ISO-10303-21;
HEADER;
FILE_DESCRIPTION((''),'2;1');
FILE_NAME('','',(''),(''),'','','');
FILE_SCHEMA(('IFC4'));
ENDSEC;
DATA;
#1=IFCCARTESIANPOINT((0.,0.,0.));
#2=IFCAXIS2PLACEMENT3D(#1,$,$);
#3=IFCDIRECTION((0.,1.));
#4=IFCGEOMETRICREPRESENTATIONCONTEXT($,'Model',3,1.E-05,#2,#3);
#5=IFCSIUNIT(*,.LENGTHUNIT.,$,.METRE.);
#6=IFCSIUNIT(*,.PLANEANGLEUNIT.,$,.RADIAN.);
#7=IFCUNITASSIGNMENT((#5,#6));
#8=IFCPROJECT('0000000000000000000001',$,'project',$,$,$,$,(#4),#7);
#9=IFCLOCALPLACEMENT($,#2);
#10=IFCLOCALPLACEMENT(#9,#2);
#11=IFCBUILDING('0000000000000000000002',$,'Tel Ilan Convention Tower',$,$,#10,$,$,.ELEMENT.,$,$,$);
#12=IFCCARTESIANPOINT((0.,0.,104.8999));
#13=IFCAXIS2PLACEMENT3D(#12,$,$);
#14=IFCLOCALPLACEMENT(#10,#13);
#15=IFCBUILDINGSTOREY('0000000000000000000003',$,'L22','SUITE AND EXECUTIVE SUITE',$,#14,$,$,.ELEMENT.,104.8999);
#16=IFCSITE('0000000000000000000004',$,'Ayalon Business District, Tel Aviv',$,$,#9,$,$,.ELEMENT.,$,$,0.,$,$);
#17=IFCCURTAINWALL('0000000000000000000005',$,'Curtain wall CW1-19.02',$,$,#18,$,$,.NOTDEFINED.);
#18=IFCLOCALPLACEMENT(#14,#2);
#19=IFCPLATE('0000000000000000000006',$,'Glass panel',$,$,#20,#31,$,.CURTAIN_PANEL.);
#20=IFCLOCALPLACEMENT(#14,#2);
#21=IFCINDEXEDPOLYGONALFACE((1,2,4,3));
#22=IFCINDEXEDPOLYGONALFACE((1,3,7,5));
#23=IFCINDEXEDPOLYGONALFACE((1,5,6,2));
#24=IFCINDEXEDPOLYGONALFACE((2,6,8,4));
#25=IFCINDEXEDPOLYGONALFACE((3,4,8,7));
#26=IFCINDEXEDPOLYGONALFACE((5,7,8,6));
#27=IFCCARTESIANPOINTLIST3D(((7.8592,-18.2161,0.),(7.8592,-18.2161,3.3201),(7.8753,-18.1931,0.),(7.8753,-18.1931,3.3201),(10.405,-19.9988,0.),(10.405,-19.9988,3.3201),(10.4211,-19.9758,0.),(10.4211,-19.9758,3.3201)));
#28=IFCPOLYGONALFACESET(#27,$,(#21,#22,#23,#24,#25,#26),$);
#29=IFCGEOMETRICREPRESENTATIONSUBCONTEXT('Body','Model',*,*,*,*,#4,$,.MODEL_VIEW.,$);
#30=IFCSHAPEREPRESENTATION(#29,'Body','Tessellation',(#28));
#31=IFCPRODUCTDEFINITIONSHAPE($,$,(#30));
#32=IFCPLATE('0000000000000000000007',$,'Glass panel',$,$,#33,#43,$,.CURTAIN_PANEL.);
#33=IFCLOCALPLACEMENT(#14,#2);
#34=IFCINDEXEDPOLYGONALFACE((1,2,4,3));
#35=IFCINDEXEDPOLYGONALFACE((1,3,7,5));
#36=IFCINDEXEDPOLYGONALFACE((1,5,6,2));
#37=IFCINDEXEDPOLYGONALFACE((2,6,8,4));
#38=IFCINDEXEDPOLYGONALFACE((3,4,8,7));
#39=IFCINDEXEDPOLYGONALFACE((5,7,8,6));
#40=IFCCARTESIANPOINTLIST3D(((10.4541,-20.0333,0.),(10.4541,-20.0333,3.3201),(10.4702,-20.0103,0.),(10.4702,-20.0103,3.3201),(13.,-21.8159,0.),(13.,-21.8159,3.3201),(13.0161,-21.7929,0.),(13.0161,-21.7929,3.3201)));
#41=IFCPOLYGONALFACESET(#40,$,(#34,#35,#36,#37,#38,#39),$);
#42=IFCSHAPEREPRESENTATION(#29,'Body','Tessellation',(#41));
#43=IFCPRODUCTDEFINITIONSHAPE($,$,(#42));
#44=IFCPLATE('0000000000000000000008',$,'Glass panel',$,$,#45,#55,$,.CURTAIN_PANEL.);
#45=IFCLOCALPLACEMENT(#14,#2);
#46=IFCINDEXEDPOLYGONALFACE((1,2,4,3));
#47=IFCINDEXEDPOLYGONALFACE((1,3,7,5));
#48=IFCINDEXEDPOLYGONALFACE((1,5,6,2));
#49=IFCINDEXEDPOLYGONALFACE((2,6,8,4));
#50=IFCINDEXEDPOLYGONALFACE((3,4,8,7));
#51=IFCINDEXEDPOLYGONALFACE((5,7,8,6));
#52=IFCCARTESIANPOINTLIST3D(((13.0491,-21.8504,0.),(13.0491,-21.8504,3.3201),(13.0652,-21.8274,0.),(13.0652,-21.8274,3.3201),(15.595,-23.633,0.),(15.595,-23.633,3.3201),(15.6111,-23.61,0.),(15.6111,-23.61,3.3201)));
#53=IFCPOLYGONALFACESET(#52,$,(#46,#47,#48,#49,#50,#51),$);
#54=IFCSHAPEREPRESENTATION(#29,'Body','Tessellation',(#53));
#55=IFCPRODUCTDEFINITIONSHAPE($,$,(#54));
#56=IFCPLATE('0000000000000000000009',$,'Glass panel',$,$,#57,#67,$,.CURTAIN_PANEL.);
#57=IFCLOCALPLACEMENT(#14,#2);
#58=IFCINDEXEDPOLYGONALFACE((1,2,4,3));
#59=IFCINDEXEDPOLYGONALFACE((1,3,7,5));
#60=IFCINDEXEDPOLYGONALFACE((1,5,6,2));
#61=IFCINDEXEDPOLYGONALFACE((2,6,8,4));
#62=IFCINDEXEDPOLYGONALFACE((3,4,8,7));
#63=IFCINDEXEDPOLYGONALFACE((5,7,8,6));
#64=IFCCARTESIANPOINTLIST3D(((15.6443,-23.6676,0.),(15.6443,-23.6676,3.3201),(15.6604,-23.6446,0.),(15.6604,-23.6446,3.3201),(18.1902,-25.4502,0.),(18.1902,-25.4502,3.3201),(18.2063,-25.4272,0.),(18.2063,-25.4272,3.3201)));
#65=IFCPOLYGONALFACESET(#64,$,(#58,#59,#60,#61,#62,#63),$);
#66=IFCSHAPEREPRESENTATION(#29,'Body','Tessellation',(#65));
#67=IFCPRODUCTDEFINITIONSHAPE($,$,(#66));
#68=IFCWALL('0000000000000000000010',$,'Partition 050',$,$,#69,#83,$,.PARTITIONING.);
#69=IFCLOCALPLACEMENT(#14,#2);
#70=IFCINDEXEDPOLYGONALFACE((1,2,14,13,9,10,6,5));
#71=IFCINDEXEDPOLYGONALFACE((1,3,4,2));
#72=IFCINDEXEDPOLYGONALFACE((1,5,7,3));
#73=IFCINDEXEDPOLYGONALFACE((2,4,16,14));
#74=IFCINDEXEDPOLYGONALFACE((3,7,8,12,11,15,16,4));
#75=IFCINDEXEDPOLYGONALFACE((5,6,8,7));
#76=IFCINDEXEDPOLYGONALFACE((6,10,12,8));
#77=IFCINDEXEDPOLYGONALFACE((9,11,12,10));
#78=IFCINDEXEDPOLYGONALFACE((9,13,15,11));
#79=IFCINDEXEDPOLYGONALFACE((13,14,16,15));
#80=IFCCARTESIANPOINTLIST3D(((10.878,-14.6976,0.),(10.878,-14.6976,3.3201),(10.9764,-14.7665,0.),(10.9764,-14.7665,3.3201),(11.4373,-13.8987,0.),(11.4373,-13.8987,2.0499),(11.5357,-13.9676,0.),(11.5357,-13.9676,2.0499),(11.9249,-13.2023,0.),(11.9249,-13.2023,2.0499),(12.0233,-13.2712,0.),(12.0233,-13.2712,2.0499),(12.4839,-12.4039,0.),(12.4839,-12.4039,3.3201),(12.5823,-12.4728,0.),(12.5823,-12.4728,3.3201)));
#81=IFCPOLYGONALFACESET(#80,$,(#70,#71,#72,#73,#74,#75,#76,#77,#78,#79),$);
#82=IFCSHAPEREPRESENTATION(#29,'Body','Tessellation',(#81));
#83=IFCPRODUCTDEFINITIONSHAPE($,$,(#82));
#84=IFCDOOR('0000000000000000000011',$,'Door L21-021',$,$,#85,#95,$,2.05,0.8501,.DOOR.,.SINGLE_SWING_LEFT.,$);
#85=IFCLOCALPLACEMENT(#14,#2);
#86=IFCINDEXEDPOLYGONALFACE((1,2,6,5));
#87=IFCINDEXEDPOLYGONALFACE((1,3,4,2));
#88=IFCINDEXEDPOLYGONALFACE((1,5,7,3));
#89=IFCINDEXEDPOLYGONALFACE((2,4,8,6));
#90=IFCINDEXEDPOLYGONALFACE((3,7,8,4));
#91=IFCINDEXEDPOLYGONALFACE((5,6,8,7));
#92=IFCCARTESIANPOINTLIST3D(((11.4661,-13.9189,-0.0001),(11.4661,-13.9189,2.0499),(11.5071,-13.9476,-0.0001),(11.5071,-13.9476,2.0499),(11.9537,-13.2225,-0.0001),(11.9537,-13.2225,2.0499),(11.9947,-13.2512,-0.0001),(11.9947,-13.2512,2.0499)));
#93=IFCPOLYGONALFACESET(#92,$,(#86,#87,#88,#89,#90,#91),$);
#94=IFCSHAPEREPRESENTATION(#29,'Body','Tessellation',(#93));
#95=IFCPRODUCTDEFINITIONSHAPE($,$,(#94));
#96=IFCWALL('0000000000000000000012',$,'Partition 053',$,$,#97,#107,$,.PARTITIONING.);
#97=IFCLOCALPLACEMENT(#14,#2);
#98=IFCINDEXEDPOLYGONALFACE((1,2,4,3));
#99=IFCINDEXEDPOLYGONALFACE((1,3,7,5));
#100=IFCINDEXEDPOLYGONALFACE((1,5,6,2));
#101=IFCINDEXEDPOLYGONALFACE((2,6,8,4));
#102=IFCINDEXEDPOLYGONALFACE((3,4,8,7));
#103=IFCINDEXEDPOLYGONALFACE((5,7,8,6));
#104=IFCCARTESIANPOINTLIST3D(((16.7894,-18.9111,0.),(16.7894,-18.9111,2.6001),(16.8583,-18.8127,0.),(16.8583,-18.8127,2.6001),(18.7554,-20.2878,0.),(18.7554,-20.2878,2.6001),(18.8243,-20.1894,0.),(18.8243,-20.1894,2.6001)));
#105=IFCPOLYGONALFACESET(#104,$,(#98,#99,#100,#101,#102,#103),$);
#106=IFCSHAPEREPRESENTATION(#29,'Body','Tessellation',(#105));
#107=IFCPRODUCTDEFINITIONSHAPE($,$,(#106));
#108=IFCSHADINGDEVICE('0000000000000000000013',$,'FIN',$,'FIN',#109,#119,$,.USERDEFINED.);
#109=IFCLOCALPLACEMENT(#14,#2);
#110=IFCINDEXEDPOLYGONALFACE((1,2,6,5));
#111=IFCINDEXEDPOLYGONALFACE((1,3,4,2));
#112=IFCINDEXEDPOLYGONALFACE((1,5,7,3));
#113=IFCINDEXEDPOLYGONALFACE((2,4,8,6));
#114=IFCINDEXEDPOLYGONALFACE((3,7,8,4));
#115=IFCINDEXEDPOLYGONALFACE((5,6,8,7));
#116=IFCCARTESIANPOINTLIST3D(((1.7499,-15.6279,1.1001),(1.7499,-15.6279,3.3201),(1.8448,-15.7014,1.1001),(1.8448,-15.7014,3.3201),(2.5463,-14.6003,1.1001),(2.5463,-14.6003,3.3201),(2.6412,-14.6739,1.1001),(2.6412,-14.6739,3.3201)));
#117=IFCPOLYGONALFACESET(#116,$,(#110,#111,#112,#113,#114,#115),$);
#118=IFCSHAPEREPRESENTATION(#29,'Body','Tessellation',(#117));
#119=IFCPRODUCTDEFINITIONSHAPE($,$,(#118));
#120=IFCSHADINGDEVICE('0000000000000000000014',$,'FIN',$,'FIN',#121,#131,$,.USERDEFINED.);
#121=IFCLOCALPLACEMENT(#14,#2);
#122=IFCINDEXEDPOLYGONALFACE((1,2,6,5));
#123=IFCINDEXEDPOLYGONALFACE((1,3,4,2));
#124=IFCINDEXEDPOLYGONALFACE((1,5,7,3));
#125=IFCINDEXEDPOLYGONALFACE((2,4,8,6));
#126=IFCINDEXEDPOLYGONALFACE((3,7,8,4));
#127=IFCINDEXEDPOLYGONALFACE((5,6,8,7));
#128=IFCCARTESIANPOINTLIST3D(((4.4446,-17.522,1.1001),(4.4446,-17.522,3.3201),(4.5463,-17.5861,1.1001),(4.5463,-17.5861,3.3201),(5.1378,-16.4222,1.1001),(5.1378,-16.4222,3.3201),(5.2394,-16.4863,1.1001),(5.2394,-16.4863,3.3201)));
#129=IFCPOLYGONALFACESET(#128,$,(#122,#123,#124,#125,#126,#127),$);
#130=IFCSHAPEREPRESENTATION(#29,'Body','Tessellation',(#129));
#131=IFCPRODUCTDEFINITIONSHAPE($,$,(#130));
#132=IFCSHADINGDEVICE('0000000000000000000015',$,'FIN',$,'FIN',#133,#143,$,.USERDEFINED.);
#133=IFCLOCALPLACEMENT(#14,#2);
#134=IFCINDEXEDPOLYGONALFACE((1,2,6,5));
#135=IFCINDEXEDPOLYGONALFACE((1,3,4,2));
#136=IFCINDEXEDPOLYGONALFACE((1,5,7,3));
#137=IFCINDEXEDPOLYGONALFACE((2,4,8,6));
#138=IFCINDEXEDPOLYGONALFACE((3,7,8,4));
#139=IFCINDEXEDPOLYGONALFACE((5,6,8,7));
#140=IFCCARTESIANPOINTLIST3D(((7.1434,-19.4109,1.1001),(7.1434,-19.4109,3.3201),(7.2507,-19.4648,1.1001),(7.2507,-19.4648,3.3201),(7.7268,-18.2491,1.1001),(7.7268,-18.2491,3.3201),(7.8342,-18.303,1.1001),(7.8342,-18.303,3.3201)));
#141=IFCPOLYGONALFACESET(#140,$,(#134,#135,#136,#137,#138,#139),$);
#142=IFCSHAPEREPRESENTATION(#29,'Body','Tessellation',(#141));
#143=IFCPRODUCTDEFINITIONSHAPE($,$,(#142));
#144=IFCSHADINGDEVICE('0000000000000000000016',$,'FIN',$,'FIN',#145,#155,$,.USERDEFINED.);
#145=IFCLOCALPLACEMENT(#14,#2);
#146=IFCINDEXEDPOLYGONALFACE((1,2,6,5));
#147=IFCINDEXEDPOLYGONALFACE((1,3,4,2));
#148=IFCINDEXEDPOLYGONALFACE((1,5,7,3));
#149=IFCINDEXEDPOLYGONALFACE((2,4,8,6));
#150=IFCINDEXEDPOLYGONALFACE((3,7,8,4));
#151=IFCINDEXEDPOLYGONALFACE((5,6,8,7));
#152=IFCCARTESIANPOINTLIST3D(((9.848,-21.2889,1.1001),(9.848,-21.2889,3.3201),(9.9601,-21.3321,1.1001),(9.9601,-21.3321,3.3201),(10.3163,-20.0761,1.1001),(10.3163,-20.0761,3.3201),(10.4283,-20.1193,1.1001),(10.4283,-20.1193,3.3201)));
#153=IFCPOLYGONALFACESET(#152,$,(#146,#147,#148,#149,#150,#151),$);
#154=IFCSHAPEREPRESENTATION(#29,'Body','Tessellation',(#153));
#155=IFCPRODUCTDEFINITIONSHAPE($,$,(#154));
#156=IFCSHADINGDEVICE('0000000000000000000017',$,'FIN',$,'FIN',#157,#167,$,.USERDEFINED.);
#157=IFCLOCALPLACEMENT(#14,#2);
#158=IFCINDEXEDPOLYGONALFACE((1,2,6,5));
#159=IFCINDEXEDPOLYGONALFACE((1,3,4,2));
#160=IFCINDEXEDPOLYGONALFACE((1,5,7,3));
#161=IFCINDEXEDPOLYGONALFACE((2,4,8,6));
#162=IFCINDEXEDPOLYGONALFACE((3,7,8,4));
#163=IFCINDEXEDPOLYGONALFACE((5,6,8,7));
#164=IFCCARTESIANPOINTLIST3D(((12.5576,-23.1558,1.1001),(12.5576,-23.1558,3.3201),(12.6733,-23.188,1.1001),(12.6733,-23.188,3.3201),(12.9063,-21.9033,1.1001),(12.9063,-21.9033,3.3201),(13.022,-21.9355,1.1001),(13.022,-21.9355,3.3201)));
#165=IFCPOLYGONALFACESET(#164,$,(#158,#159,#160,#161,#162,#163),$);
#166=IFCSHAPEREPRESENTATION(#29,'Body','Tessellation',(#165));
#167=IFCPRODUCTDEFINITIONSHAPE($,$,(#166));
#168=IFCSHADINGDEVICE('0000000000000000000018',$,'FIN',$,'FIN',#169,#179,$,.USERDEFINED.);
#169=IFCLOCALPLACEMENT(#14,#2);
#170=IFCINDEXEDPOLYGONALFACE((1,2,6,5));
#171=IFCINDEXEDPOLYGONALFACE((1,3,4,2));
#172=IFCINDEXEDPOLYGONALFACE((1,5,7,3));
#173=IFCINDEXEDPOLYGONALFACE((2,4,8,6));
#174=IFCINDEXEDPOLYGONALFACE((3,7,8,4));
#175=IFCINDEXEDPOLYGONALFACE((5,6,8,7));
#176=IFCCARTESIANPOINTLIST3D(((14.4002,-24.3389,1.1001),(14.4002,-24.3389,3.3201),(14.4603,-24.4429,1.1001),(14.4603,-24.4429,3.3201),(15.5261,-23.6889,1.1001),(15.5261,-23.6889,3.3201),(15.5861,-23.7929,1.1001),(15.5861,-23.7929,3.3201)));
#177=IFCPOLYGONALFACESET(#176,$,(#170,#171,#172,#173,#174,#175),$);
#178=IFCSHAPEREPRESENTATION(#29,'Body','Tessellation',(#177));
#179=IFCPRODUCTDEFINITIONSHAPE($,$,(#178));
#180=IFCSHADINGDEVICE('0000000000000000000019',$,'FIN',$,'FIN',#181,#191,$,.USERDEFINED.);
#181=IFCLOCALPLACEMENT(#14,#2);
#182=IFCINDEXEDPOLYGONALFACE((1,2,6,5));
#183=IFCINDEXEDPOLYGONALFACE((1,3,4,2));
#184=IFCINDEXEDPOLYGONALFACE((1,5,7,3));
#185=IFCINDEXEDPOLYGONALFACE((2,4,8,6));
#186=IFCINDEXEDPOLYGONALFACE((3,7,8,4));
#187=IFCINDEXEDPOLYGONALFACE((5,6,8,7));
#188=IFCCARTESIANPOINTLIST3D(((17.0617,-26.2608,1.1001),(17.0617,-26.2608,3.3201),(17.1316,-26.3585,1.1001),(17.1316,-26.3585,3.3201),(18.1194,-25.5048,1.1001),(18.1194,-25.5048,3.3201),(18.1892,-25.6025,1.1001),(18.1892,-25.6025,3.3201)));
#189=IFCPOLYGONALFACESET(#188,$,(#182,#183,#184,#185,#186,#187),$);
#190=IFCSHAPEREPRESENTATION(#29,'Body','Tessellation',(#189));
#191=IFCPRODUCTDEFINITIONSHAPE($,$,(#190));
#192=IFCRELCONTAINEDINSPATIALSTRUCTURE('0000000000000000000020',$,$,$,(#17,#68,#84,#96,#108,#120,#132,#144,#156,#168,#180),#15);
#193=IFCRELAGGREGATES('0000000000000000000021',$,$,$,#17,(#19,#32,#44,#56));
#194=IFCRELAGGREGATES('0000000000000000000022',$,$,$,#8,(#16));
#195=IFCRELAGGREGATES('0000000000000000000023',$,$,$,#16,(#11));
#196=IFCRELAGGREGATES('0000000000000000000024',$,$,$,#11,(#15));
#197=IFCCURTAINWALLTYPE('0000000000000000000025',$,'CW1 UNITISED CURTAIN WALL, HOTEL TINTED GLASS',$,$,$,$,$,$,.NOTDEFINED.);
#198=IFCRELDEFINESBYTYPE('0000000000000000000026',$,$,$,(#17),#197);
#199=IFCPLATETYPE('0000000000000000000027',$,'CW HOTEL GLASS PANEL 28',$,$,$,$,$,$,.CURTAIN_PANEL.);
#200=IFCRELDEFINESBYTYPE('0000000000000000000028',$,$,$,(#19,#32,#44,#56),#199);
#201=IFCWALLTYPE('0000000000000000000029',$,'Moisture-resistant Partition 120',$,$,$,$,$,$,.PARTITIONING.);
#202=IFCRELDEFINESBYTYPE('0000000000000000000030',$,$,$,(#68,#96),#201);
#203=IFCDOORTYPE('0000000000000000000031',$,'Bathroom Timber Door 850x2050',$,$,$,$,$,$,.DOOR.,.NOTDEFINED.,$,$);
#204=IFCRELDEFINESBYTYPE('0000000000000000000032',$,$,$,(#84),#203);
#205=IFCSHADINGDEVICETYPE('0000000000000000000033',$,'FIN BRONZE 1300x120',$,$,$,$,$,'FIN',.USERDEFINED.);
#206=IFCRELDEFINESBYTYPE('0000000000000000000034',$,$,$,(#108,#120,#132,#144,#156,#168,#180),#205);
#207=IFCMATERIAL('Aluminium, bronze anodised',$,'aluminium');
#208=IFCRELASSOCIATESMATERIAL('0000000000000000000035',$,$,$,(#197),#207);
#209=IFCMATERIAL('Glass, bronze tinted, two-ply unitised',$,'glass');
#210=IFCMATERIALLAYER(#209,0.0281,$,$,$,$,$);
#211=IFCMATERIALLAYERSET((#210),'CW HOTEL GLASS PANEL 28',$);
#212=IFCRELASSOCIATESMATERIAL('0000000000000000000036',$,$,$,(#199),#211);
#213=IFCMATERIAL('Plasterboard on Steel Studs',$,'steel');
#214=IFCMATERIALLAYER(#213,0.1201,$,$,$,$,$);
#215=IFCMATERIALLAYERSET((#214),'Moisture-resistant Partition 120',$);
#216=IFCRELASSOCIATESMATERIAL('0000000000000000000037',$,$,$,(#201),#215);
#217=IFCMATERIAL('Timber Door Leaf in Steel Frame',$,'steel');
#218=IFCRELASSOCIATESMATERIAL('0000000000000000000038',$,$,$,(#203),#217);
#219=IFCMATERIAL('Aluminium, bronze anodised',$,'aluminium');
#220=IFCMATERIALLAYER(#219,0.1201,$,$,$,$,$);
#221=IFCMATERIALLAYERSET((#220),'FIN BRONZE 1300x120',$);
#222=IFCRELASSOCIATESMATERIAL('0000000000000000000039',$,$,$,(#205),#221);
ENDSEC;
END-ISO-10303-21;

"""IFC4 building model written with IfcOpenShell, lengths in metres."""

from ifc_helpers import new_model, si_unit, direction, frame, frame_2d, origin, origin_2d, place, context, subcontext, project, spatial, rectangle, extrude, material, layer, layer_set, type_object, element, fill, aggregate, save


model = new_model("IFC4")

# Units and contexts
model_context = context("Model", 3, precision=1e-05, world=origin(), true_north=direction((0.0, 1.0)))
body_context = subcontext(model_context, "Body", "Model", "MODEL_VIEW")
ifc_project = project(units=[si_unit("LENGTHUNIT", "METRE"), si_unit("PLANEANGLEUNIT", "RADIAN")], contexts=[model_context])

# Site, building, storey
site_placement = place(None, origin())
site = spatial("IfcSite", under=ifc_project, at=site_placement, Name="Ayalon Business District, Tel Aviv", CompositionType="ELEMENT", RefElevation=0.0)
building_placement = place(site_placement, origin())
building = spatial("IfcBuilding", under=site, at=building_placement, Name="Tel Ilan Convention Tower", CompositionType="ELEMENT")
storey_placement = place(building_placement, frame((0.0, 0.0, 104.8999)))
storey = spatial("IfcBuildingStorey", under=building, at=storey_placement, Name="L22", Description="SUITE AND EXECUTIVE SUITE", CompositionType="ELEMENT", Elevation=104.8999)

# Curtain wall, plates
ifc_material_1 = material(Name="Aluminium, bronze anodised", Category="aluminium")
curtain_wall_type = type_object("IfcCurtainWallType", Name="CW1 UNITISED CURTAIN WALL, HOTEL TINTED GLASS", PredefinedType="NOTDEFINED", material=ifc_material_1)
curtain_wall_placement = place(storey_placement, origin())
curtain_wall = element("IfcCurtainWall", 1, at=curtain_wall_placement, inside=storey, type_object=curtain_wall_type, Name="Curtain wall CW1-19.02", PredefinedType="NOTDEFINED")
ifc_material_2 = material(Name="Glass, bronze tinted, two-ply unitised", Category="glass")
ifc_layer_1 = layer(ifc_material_2, 0.0281)
ifc_layer_set_1 = layer_set([ifc_layer_1], Name="CW HOTEL GLASS PANEL 28")
plate_type = type_object("IfcPlateType", Name="CW HOTEL GLASS PANEL 28", PredefinedType="CURTAIN_PANEL", material=ifc_layer_set_1)
plate_1_placement = place(storey_placement, frame((9.1401, -19.0959, 0.0), z_axis=(0.0, 0.0, 1.0), x_axis=(0.819152, -0.573576, 0.0)))
plate_1 = element("IfcPlate", 2, at=plate_1_placement, type_object=plate_type, Name="Glass panel", PredefinedType="CURTAIN_PANEL", context=body_context, shape_type="SweptSolid", body=[
    extrude(rectangle(XDim=3.1079, YDim=0.0281, at=origin_2d()), origin(), (0.0, 0.0, 1.0), 3.3201),
])
plate_2_placement = place(storey_placement, frame((11.7351, -20.9131, 0.0), z_axis=(0.0, 0.0, 1.0), x_axis=(0.819152, -0.573576, 0.0)))
plate_2 = element("IfcPlate", 3, at=plate_2_placement, type_object=plate_type, Name="Glass panel", PredefinedType="CURTAIN_PANEL", context=body_context, shape_type="SweptSolid", body=[
    extrude(rectangle(XDim=3.1079, YDim=0.0281, at=origin_2d()), origin(), (0.0, 0.0, 1.0), 3.3201),
])
plate_3_placement = place(storey_placement, frame((14.3301, -22.7302, 0.0), z_axis=(0.0, 0.0, 1.0), x_axis=(0.819152, -0.573576, 0.0)))
plate_3 = element("IfcPlate", 4, at=plate_3_placement, type_object=plate_type, Name="Glass panel", PredefinedType="CURTAIN_PANEL", context=body_context, shape_type="SweptSolid", body=[
    extrude(rectangle(XDim=3.1079, YDim=0.0281, at=origin_2d()), origin(), (0.0, 0.0, 1.0), 3.3201),
])
plate_4_placement = place(storey_placement, frame((16.9253, -24.5474, 0.0), z_axis=(0.0, 0.0, 1.0), x_axis=(0.819152, -0.573576, 0.0)))
plate_4 = element("IfcPlate", 5, at=plate_4_placement, type_object=plate_type, Name="Glass panel", PredefinedType="CURTAIN_PANEL", context=body_context, shape_type="SweptSolid", body=[
    extrude(rectangle(XDim=3.1079, YDim=0.0281, at=origin_2d()), origin(), (0.0, 0.0, 1.0), 3.3201),
])
aggregate(curtain_wall, [plate_1, plate_2, plate_3, plate_4])

# Wall, opening, door
ifc_material_3 = material(Name="Plasterboard on Steel Studs", Category="steel")
ifc_layer_2 = layer(ifc_material_3, 0.1201)
ifc_layer_set_2 = layer_set([ifc_layer_2], Name="Moisture-resistant Partition 120")
wall_type = type_object("IfcWallType", Name="Moisture-resistant Partition 120", PredefinedType="PARTITIONING", material=ifc_layer_set_2)
wall_1_placement = place(storey_placement, frame((10.9272, -14.7319, 0.0), z_axis=(0.0, 0.0, 1.0), x_axis=(0.57355, 0.81917, 0.0)))
wall_1 = element("IfcWall", 6, at=wall_1_placement, inside=storey, type_object=wall_type, Name="Partition 050", PredefinedType="PARTITIONING", context=body_context, shape_type="SweptSolid", body=[
    extrude(rectangle(XDim=2.8, YDim=0.1201, at=frame_2d((1.3999, 0.0))), origin(), (0.0, 0.0, 1.0), 3.3201),
])
opening_placement = place(wall_1_placement, frame((0.9751, 0.0, 0.0)))
opening = element("IfcOpeningElement", 7, at=opening_placement, cuts=wall_1, PredefinedType="OPENING", context=body_context, shape_type="SweptSolid", body=[
    extrude(rectangle(XDim=0.8501, YDim=2.05, at=frame_2d((0.425, 1.0249))), frame((0.0, 0.0701, 0.0), z_axis=(0.0, -1.0, 0.0), x_axis=(1.0, 0.0, 0.0)), (0.0, 0.0, 1.0), 0.1401),
])
ifc_material_4 = material(Name="Timber Door Leaf in Steel Frame", Category="steel")
door_type = type_object("IfcDoorType", Name="Bathroom Timber Door 850x2050", OperationType="NOTDEFINED", PredefinedType="DOOR", material=ifc_material_4)
door_placement = place(opening_placement, origin())
door = element("IfcDoor", 8, at=door_placement, inside=storey, type_object=door_type, Name="Door L21-021", OperationType="SINGLE_SWING_LEFT", OverallHeight=2.05, OverallWidth=0.8501, PredefinedType="DOOR", context=body_context, shape_type="SweptSolid", body=[
    extrude(rectangle(XDim=0.8501, YDim=2.05, at=frame_2d((0.425, 1.0249))), frame((0.0, 0.0249, 0.0), z_axis=(0.0, -1.0, 0.0), x_axis=(1.0, 0.0, 0.0)), (0.0, 0.0, 1.0), 0.05),
])
fill(opening, door)

# Wall
wall_2_placement = place(storey_placement, frame((16.8237, -18.8618, 0.0), z_axis=(0.0, 0.0, 1.0), x_axis=(0.819141, -0.573592, 0.0)))
element("IfcWall", 9, at=wall_2_placement, inside=storey, type_object=wall_type, Name="Partition 053", PredefinedType="PARTITIONING", context=body_context, shape_type="SweptSolid", body=[
    extrude(rectangle(XDim=2.4001, YDim=0.1201, at=frame_2d((1.2002, 0.0))), origin(), (0.0, 0.0, 1.0), 2.6001),
])

# Shading devices
ifc_material_5 = material(Name="Aluminium, bronze anodised", Category="aluminium")
ifc_layer_3 = layer(ifc_material_5, 0.1201)
ifc_layer_set_3 = layer_set([ifc_layer_3], Name="FIN BRONZE 1300x120")
shading_device_type = type_object("IfcShadingDeviceType", Name="FIN BRONZE 1300x120", ElementType="FIN", PredefinedType="USERDEFINED", material=ifc_layer_set_3)
for number, where, z_axis, x_axis, name in (
    (10, (2.1956, -15.1509, 1.1001), (0.0, 0.0, 1.0), (-0.612601, -0.790393, 0.0), "FIN"),
    (11, (4.842, -17.0042, 1.1001), (0.0, 0.0, 1.0), (-0.533204, -0.845986, 0.0), "FIN"),
    (12, (7.4888, -18.8569, 1.1001), (0.0, 0.0, 1.0), (-0.448799, -0.893633, 0.0), "FIN"),
    (13, (10.1382, -20.7041, 1.1001), (0.0, 0.0, 1.0), (-0.360178, -0.932884, 0.0), "FIN"),
    (14, (12.7898, -22.5457, 1.1001), (0.0, 0.0, 1.0), (-0.268173, -0.963371, 0.0), "FIN"),
    (15, (14.9932, -24.0659, 1.1001), (0.0, 0.0, 1.0), (-0.866025, -0.5, 0.0), "FIN"),
    (16, (17.6255, -25.9316, 1.1001), (0.0, 0.0, 1.0), (-0.813552, -0.581492, 0.0), "FIN"),
):
    element("IfcShadingDevice", number, at=place(storey_placement, frame(where, z_axis=z_axis, x_axis=x_axis)), inside=storey, type_object=shading_device_type, Name=name, ObjectType="FIN", PredefinedType="USERDEFINED", context=body_context, shape_type="SweptSolid", body=[
        extrude(rectangle(XDim=1.3, YDim=0.1201, at=origin_2d()), origin(), (0.0, 0.0, 1.0), 2.22),
    ])

save(model, "model.ifc")
